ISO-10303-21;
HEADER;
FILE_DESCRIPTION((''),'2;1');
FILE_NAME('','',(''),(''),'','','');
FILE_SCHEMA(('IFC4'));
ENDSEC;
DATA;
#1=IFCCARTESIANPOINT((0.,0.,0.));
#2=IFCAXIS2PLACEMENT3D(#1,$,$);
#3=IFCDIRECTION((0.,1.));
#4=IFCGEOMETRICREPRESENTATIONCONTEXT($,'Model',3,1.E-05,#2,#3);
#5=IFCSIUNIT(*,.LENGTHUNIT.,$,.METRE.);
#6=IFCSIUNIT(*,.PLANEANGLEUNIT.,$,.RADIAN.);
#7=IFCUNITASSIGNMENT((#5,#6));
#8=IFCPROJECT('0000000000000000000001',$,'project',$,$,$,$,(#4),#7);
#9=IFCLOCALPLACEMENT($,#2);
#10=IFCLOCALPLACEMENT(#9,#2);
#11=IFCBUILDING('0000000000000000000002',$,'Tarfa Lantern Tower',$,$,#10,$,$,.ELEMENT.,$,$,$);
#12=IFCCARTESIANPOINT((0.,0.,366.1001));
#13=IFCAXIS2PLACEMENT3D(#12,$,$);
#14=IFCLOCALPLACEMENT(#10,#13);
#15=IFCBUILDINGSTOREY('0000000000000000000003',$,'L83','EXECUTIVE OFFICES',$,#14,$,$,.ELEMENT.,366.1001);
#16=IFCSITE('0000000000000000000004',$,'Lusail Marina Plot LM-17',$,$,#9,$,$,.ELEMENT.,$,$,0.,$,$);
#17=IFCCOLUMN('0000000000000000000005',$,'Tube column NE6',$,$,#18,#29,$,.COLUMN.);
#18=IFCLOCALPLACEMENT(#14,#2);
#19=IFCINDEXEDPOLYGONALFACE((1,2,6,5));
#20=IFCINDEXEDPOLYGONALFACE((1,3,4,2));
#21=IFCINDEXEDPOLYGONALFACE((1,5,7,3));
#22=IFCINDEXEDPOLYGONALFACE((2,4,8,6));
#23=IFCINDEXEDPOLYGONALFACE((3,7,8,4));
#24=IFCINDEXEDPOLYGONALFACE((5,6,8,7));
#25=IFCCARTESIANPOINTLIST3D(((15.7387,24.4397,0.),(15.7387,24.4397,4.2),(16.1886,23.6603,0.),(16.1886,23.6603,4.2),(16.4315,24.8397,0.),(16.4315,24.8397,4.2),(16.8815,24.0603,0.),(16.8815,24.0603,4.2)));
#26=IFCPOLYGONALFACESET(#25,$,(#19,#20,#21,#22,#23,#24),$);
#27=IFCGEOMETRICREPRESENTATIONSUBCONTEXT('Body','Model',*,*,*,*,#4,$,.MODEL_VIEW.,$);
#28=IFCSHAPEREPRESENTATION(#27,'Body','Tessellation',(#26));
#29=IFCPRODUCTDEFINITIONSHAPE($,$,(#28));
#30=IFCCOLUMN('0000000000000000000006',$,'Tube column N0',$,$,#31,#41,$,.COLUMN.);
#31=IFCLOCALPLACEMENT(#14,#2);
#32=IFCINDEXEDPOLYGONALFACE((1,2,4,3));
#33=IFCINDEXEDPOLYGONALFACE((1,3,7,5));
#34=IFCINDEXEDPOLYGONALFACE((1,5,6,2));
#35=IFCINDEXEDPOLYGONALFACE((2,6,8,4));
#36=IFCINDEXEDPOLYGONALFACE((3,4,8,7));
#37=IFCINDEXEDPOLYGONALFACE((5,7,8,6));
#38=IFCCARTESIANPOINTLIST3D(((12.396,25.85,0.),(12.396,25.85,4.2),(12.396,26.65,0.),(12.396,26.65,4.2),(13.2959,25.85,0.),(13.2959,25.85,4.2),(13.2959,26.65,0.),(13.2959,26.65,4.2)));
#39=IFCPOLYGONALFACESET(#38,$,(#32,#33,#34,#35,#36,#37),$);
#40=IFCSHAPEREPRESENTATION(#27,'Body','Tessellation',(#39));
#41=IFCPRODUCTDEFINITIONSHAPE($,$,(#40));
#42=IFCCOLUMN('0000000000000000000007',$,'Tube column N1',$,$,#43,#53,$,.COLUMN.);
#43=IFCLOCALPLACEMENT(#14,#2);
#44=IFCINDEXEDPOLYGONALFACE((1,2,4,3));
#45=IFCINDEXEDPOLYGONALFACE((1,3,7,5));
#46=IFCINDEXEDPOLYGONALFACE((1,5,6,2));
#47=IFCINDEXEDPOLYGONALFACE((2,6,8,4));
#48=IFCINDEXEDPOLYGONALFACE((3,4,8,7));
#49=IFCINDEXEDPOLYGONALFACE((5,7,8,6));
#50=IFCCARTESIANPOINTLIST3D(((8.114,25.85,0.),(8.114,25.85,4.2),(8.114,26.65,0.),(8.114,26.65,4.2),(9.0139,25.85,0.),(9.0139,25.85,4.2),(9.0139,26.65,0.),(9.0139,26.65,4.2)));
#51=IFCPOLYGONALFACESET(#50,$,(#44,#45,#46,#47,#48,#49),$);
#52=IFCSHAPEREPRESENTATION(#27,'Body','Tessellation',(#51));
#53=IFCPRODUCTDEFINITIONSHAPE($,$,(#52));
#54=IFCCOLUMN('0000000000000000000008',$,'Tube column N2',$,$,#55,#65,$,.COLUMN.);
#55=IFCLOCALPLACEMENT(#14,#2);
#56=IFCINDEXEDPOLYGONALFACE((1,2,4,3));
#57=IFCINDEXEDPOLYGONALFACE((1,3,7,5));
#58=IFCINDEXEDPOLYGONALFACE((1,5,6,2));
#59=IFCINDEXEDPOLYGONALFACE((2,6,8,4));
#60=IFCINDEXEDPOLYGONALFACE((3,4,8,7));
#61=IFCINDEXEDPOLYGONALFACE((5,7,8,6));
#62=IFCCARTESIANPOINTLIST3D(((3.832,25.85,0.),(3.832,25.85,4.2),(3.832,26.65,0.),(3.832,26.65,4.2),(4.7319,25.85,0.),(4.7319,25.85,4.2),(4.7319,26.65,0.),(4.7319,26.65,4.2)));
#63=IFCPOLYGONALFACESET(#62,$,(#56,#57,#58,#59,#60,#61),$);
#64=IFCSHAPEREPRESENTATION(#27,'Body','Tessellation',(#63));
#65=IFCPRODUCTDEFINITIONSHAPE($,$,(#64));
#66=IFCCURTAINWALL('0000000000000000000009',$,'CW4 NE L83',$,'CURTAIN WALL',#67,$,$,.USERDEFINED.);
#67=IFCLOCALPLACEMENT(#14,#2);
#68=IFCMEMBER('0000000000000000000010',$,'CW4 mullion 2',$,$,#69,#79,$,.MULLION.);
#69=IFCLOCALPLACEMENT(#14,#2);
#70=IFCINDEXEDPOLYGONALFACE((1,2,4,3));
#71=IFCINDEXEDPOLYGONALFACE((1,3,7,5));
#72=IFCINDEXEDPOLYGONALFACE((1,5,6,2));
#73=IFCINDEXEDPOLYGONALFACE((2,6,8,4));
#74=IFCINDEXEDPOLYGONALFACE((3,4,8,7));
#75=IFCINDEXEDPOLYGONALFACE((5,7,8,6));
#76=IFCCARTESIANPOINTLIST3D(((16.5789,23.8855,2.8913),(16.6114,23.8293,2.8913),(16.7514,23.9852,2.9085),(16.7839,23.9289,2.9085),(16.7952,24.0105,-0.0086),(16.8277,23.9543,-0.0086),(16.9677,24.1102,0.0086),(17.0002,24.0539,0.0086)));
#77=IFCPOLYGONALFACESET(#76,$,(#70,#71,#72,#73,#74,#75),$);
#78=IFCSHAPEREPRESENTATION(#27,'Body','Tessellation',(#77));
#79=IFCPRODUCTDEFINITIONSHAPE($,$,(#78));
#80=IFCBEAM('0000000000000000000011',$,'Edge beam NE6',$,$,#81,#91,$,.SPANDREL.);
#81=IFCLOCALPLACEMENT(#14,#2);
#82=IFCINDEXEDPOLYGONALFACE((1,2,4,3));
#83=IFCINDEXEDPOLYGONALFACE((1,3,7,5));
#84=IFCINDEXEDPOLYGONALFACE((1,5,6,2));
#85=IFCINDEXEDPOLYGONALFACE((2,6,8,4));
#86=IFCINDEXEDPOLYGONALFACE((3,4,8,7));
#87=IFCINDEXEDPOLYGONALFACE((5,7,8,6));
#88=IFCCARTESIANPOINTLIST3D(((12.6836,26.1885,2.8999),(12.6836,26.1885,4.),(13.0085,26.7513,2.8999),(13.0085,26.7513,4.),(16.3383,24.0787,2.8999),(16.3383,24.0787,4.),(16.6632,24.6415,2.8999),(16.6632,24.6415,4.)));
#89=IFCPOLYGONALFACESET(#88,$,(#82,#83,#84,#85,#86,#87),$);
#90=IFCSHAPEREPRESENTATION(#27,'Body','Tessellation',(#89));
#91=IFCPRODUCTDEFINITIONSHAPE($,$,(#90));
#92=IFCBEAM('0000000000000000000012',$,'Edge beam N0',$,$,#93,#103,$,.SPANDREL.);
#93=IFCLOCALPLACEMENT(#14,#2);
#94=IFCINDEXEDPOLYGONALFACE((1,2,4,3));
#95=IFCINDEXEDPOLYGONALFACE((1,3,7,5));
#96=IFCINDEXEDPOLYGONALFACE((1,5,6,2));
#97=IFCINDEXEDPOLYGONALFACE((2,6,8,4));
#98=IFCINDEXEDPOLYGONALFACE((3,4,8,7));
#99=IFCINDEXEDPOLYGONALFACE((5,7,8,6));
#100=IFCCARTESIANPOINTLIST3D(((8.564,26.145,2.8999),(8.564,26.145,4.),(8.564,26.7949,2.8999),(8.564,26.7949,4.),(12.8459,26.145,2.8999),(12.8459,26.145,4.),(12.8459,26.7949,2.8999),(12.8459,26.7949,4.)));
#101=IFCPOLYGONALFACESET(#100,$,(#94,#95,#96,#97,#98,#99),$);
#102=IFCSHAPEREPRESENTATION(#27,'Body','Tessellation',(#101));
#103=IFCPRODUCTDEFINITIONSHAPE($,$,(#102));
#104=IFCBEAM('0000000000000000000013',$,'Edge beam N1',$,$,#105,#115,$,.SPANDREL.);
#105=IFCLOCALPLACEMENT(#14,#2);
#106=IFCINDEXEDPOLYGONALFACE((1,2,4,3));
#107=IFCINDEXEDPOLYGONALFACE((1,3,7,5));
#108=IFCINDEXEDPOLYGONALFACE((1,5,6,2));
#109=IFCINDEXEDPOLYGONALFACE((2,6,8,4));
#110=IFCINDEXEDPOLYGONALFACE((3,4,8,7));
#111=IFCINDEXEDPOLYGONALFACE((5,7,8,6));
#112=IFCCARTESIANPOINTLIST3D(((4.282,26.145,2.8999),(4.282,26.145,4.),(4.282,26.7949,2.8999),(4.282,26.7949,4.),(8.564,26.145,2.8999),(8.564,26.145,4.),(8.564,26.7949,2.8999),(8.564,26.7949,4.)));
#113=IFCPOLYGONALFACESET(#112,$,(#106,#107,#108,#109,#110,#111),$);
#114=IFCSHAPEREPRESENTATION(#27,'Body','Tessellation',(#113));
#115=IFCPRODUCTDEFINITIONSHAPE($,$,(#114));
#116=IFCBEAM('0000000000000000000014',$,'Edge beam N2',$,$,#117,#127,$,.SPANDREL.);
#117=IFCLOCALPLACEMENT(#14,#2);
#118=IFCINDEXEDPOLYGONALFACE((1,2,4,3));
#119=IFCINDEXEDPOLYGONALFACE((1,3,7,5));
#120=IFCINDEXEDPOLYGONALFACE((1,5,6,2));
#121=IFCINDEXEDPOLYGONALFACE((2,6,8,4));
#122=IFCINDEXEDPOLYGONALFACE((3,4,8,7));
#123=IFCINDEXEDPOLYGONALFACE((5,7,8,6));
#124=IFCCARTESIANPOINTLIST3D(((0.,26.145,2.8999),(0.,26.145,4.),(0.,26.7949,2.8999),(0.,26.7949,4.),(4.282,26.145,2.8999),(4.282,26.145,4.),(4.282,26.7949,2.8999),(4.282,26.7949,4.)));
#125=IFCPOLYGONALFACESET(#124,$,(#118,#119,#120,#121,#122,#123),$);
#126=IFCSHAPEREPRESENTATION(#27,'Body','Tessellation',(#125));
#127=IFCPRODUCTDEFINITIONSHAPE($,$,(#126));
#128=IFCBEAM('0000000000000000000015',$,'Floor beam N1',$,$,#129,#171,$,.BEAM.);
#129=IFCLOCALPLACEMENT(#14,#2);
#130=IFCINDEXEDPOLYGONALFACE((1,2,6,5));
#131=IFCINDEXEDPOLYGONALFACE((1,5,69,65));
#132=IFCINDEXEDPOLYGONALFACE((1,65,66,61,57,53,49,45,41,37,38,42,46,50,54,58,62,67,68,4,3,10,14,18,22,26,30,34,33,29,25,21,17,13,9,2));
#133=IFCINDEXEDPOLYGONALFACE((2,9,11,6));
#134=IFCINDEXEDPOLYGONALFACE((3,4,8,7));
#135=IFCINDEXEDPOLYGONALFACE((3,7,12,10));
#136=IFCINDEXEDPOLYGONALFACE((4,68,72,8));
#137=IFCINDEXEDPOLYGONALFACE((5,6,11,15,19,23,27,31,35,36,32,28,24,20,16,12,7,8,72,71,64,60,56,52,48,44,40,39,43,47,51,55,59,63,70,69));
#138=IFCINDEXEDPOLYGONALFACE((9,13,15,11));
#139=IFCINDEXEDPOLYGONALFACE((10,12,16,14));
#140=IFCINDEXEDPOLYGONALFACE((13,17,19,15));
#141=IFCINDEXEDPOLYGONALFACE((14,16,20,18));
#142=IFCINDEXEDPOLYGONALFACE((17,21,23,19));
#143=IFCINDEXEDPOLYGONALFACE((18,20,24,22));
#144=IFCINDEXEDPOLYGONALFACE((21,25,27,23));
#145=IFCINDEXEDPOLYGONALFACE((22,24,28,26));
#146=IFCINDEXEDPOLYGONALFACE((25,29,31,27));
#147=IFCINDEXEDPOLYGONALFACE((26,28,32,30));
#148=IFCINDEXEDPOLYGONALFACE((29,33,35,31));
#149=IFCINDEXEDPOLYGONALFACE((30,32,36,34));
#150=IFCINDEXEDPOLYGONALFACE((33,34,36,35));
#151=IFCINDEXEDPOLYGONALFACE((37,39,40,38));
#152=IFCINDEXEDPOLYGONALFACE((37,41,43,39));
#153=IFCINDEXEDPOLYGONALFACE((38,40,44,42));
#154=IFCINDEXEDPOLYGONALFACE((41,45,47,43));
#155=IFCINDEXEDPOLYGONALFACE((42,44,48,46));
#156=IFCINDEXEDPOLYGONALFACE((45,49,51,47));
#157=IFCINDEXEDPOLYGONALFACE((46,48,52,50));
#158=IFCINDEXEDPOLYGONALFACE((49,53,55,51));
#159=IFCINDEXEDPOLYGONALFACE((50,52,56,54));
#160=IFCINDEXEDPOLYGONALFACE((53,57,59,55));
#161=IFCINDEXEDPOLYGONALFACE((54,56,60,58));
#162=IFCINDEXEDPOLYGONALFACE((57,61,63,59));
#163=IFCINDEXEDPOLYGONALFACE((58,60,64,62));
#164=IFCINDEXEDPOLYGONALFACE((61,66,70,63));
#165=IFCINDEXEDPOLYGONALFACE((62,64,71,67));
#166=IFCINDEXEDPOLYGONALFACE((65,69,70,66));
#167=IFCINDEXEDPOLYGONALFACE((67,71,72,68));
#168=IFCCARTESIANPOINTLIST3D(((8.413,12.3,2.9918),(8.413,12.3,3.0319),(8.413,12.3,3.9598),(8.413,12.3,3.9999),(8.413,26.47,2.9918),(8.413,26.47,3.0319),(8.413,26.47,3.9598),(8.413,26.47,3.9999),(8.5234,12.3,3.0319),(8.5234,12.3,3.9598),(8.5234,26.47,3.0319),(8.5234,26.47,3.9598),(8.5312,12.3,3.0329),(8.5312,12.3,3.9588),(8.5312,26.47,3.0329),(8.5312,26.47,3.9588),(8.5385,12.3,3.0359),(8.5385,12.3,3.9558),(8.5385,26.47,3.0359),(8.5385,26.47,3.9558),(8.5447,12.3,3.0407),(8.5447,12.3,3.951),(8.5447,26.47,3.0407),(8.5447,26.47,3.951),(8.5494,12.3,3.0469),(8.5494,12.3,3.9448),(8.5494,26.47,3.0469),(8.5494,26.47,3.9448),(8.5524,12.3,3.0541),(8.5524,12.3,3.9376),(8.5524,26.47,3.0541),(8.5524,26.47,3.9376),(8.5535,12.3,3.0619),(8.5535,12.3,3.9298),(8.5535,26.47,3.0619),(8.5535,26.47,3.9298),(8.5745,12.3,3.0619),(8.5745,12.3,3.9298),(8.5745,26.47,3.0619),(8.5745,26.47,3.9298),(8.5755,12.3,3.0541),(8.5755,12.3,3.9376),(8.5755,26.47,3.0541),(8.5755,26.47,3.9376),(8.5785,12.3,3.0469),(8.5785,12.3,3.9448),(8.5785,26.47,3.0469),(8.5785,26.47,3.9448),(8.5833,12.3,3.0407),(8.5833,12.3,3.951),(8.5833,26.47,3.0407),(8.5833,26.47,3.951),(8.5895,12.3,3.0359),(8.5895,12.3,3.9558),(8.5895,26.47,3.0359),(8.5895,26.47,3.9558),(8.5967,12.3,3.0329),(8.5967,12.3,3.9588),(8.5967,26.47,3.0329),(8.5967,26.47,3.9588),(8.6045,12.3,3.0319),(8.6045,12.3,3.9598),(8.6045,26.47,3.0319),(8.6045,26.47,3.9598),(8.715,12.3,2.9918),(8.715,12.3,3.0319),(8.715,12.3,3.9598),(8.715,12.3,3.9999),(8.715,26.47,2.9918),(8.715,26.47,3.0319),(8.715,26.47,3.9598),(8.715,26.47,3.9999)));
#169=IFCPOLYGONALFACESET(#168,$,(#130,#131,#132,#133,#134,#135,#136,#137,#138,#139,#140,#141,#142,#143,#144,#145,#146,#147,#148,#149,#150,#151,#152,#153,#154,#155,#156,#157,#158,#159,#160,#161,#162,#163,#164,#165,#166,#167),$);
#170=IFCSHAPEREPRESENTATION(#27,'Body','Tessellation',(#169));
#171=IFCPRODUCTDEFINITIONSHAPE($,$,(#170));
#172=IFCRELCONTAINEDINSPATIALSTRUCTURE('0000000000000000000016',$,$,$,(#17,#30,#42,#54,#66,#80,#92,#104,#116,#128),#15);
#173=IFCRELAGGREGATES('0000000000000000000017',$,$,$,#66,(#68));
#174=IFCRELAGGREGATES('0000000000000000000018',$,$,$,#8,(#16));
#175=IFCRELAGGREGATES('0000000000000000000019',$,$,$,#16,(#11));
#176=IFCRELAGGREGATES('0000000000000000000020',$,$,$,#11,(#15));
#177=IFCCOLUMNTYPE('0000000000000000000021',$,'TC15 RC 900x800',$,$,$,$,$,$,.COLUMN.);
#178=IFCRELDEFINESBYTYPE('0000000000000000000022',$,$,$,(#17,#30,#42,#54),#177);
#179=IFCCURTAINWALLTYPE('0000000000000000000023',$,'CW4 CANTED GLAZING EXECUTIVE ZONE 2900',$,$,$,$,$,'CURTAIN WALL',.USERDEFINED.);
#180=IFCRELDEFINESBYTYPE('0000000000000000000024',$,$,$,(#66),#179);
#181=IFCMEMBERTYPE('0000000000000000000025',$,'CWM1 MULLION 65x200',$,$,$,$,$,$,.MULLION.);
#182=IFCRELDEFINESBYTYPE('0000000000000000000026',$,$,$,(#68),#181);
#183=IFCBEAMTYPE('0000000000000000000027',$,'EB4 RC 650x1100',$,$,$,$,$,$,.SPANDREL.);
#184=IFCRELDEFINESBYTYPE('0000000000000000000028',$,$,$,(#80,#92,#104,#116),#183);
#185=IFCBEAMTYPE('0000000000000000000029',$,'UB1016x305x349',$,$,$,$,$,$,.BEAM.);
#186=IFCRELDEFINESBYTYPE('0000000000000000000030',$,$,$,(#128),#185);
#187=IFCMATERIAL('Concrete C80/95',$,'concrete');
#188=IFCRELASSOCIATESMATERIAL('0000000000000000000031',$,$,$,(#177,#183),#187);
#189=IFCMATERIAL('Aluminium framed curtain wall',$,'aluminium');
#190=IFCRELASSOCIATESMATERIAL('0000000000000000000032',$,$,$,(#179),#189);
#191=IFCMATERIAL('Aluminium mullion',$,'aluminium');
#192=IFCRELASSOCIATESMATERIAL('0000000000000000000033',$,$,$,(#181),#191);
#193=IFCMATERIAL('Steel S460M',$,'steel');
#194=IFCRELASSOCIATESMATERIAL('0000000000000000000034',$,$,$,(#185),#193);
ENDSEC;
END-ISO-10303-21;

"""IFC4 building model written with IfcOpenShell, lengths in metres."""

from ifc_helpers import new_model, si_unit, direction, frame, origin, origin_2d, place, context, subcontext, project, spatial, rectangle, i_section, extrude, material, material_profile, profile_set, type_object, element, aggregate, save


model = new_model("IFC4")

# Units and contexts
model_context = context("Model", 3, precision=1e-05, world=origin(), true_north=direction((0.0, 1.0)))
body_context = subcontext(model_context, "Body", "Model", "MODEL_VIEW")
ifc_project = project(units=[si_unit("LENGTHUNIT", "METRE"), si_unit("PLANEANGLEUNIT", "RADIAN")], contexts=[model_context])

# Site, building, storey
site_placement = place(None, origin())
site = spatial("IfcSite", under=ifc_project, at=site_placement, Name="Lusail Marina Plot LM-17", CompositionType="ELEMENT", RefElevation=0.0)
building_placement = place(site_placement, origin())
building = spatial("IfcBuilding", under=site, at=building_placement, Name="Tarfa Lantern Tower", CompositionType="ELEMENT")
storey_placement = place(building_placement, frame((0.0, 0.0, 366.1001)))
storey = spatial("IfcBuildingStorey", under=building, at=storey_placement, Name="L83", Description="EXECUTIVE OFFICES", CompositionType="ELEMENT", Elevation=366.1001)

# Columns
ifc_material_1 = material(Name="Concrete C80/95", Category="concrete")
ifc_material_profile_1 = material_profile(ifc_material_1, rectangle(XDim=0.8999, YDim=0.8, at=origin_2d()), Name="RC 900x800")
ifc_profile_set_1 = profile_set([ifc_material_profile_1], Name="Concrete C80/95")
column_type = type_object("IfcColumnType", Name="TC15 RC 900x800", PredefinedType="COLUMN", material=ifc_profile_set_1)
for number, where, z_axis, x_axis, name in (
    (1, (16.3101, 24.25, 0.0), (0.0, 0.0, 1.0), (-0.5, 0.866025, 0.0), "Tube column NE6"),
    (2, (12.8459, 26.25, 0.0), (0.0, 0.0, 1.0), (-1.0, 0.0, 0.0), "Tube column N0"),
    (3, (8.564, 26.25, 0.0), (0.0, 0.0, 1.0), (-1.0, 0.0, 0.0), "Tube column N1"),
    (4, (4.282, 26.25, 0.0), (0.0, 0.0, 1.0), (-1.0, 0.0, 0.0), "Tube column N2"),
):
    element("IfcColumn", number, at=place(storey_placement, frame(where, z_axis=z_axis, x_axis=x_axis)), inside=storey, type_object=column_type, Name=name, PredefinedType="COLUMN", context=body_context, shape_type="SweptSolid", body=[
        extrude(rectangle(XDim=0.8999, YDim=0.8, at=origin_2d()), origin(), (0.0, 0.0, 1.0), 4.2),
    ])

# Curtain wall, member
ifc_material_2 = material(Name="Aluminium framed curtain wall", Category="aluminium")
curtain_wall_type = type_object("IfcCurtainWallType", Name="CW4 CANTED GLAZING EXECUTIVE ZONE 2900", ElementType="CURTAIN WALL", PredefinedType="USERDEFINED", material=ifc_material_2)
curtain_wall_placement = place(storey_placement, origin())
curtain_wall = element("IfcCurtainWall", 5, at=curtain_wall_placement, inside=storey, type_object=curtain_wall_type, Name="CW4 NE L83", ObjectType="CURTAIN WALL", PredefinedType="USERDEFINED")
ifc_material_3 = material(Name="Aluminium mullion", Category="aluminium")
ifc_material_profile_2 = material_profile(ifc_material_3, rectangle(XDim=0.0649, YDim=0.2, at=origin_2d()), Name="AL MULLION 65x200")
ifc_profile_set_2 = profile_set([ifc_material_profile_2], Name="Aluminium mullion")
member_type = type_object("IfcMemberType", Name="CWM1 MULLION 65x200", PredefinedType="MULLION", material=ifc_profile_set_2)
member_placement = place(storey_placement, frame((16.8977, 24.0322, 0.0), z_axis=(-0.074316, -0.042946, 0.99631), x_axis=(0.500343, -0.865827, 0.0)))
member = element("IfcMember", 6, at=member_placement, type_object=member_type, Name="CW4 mullion 2", PredefinedType="MULLION", context=body_context, shape_type="SweptSolid", body=[
    extrude(rectangle(XDim=0.0649, YDim=0.2, at=origin_2d()), origin(), (0.0, 0.0, 1.0), 2.9106),
])
aggregate(curtain_wall, [member])

# Beams
ifc_material_profile_3 = material_profile(ifc_material_1, rectangle(XDim=0.6499, YDim=1.1001, at=origin_2d()), Name="RC 650x1100")
ifc_profile_set_3 = profile_set([ifc_material_profile_3], Name="Concrete C80/95")
beam_type_1 = type_object("IfcBeamType", Name="EB4 RC 650x1100", PredefinedType="SPANDREL", material=ifc_profile_set_3)
beam_1_placement = place(storey_placement, frame((16.5007, 24.3601, 3.45), z_axis=(-0.866049, 0.499959, 0.0), x_axis=(-0.499959, -0.866049, 0.0)))
element("IfcBeam", 7, at=beam_1_placement, inside=storey, type_object=beam_type_1, Name="Edge beam NE6", PredefinedType="SPANDREL", context=body_context, shape_type="SweptSolid", body=[
    extrude(rectangle(XDim=0.6499, YDim=1.1001, at=origin_2d()), origin(), (0.0, 0.0, 1.0), 4.22),
])
for number, where, z_axis, x_axis, name in (
    (8, (12.8459, 26.47, 3.45), (-1.0, 0.0, 0.0), (0.0, -1.0, 0.0), "Edge beam N0"),
    (9, (8.564, 26.47, 3.45), (-1.0, 0.0, 0.0), (0.0, -1.0, 0.0), "Edge beam N1"),
    (10, (4.282, 26.47, 3.45), (-1.0, 0.0, 0.0), (0.0, -1.0, 0.0), "Edge beam N2"),
):
    element("IfcBeam", number, at=place(storey_placement, frame(where, z_axis=z_axis, x_axis=x_axis)), inside=storey, type_object=beam_type_1, Name=name, PredefinedType="SPANDREL", context=body_context, shape_type="SweptSolid", body=[
        extrude(rectangle(XDim=0.6499, YDim=1.1001, at=origin_2d()), origin(), (0.0, 0.0, 1.0), 4.282),
    ])
ifc_material_4 = material(Name="Steel S460M", Category="steel")
ifc_material_profile_4 = material_profile(ifc_material_4, i_section(OverallWidth=0.302, OverallDepth=1.0081, WebThickness=0.021, FlangeThickness=0.04, FilletRadius=0.03, at=origin_2d()), Name="UB1016x305x349")
ifc_profile_set_4 = profile_set([ifc_material_profile_4], Name="Steel S460M")
beam_type_2 = type_object("IfcBeamType", Name="UB1016x305x349", PredefinedType="BEAM", material=ifc_profile_set_4)
for number, where, z_axis, x_axis, name in (
    (11, (8.564, 26.47, 3.4958), (0.0, -1.0, 0.0), (1.0, 0.0, 0.0), "Floor beam N1"),
):
    element("IfcBeam", number, at=place(storey_placement, frame(where, z_axis=z_axis, x_axis=x_axis)), inside=storey, type_object=beam_type_2, Name=name, PredefinedType="BEAM", context=body_context, shape_type="SweptSolid", body=[
        extrude(i_section(OverallWidth=0.302, OverallDepth=1.0081, WebThickness=0.021, FlangeThickness=0.04, FilletRadius=0.03, at=origin_2d()), origin(), (0.0, 0.0, 1.0), 14.1699),
    ])

save(model, "model.ifc")
